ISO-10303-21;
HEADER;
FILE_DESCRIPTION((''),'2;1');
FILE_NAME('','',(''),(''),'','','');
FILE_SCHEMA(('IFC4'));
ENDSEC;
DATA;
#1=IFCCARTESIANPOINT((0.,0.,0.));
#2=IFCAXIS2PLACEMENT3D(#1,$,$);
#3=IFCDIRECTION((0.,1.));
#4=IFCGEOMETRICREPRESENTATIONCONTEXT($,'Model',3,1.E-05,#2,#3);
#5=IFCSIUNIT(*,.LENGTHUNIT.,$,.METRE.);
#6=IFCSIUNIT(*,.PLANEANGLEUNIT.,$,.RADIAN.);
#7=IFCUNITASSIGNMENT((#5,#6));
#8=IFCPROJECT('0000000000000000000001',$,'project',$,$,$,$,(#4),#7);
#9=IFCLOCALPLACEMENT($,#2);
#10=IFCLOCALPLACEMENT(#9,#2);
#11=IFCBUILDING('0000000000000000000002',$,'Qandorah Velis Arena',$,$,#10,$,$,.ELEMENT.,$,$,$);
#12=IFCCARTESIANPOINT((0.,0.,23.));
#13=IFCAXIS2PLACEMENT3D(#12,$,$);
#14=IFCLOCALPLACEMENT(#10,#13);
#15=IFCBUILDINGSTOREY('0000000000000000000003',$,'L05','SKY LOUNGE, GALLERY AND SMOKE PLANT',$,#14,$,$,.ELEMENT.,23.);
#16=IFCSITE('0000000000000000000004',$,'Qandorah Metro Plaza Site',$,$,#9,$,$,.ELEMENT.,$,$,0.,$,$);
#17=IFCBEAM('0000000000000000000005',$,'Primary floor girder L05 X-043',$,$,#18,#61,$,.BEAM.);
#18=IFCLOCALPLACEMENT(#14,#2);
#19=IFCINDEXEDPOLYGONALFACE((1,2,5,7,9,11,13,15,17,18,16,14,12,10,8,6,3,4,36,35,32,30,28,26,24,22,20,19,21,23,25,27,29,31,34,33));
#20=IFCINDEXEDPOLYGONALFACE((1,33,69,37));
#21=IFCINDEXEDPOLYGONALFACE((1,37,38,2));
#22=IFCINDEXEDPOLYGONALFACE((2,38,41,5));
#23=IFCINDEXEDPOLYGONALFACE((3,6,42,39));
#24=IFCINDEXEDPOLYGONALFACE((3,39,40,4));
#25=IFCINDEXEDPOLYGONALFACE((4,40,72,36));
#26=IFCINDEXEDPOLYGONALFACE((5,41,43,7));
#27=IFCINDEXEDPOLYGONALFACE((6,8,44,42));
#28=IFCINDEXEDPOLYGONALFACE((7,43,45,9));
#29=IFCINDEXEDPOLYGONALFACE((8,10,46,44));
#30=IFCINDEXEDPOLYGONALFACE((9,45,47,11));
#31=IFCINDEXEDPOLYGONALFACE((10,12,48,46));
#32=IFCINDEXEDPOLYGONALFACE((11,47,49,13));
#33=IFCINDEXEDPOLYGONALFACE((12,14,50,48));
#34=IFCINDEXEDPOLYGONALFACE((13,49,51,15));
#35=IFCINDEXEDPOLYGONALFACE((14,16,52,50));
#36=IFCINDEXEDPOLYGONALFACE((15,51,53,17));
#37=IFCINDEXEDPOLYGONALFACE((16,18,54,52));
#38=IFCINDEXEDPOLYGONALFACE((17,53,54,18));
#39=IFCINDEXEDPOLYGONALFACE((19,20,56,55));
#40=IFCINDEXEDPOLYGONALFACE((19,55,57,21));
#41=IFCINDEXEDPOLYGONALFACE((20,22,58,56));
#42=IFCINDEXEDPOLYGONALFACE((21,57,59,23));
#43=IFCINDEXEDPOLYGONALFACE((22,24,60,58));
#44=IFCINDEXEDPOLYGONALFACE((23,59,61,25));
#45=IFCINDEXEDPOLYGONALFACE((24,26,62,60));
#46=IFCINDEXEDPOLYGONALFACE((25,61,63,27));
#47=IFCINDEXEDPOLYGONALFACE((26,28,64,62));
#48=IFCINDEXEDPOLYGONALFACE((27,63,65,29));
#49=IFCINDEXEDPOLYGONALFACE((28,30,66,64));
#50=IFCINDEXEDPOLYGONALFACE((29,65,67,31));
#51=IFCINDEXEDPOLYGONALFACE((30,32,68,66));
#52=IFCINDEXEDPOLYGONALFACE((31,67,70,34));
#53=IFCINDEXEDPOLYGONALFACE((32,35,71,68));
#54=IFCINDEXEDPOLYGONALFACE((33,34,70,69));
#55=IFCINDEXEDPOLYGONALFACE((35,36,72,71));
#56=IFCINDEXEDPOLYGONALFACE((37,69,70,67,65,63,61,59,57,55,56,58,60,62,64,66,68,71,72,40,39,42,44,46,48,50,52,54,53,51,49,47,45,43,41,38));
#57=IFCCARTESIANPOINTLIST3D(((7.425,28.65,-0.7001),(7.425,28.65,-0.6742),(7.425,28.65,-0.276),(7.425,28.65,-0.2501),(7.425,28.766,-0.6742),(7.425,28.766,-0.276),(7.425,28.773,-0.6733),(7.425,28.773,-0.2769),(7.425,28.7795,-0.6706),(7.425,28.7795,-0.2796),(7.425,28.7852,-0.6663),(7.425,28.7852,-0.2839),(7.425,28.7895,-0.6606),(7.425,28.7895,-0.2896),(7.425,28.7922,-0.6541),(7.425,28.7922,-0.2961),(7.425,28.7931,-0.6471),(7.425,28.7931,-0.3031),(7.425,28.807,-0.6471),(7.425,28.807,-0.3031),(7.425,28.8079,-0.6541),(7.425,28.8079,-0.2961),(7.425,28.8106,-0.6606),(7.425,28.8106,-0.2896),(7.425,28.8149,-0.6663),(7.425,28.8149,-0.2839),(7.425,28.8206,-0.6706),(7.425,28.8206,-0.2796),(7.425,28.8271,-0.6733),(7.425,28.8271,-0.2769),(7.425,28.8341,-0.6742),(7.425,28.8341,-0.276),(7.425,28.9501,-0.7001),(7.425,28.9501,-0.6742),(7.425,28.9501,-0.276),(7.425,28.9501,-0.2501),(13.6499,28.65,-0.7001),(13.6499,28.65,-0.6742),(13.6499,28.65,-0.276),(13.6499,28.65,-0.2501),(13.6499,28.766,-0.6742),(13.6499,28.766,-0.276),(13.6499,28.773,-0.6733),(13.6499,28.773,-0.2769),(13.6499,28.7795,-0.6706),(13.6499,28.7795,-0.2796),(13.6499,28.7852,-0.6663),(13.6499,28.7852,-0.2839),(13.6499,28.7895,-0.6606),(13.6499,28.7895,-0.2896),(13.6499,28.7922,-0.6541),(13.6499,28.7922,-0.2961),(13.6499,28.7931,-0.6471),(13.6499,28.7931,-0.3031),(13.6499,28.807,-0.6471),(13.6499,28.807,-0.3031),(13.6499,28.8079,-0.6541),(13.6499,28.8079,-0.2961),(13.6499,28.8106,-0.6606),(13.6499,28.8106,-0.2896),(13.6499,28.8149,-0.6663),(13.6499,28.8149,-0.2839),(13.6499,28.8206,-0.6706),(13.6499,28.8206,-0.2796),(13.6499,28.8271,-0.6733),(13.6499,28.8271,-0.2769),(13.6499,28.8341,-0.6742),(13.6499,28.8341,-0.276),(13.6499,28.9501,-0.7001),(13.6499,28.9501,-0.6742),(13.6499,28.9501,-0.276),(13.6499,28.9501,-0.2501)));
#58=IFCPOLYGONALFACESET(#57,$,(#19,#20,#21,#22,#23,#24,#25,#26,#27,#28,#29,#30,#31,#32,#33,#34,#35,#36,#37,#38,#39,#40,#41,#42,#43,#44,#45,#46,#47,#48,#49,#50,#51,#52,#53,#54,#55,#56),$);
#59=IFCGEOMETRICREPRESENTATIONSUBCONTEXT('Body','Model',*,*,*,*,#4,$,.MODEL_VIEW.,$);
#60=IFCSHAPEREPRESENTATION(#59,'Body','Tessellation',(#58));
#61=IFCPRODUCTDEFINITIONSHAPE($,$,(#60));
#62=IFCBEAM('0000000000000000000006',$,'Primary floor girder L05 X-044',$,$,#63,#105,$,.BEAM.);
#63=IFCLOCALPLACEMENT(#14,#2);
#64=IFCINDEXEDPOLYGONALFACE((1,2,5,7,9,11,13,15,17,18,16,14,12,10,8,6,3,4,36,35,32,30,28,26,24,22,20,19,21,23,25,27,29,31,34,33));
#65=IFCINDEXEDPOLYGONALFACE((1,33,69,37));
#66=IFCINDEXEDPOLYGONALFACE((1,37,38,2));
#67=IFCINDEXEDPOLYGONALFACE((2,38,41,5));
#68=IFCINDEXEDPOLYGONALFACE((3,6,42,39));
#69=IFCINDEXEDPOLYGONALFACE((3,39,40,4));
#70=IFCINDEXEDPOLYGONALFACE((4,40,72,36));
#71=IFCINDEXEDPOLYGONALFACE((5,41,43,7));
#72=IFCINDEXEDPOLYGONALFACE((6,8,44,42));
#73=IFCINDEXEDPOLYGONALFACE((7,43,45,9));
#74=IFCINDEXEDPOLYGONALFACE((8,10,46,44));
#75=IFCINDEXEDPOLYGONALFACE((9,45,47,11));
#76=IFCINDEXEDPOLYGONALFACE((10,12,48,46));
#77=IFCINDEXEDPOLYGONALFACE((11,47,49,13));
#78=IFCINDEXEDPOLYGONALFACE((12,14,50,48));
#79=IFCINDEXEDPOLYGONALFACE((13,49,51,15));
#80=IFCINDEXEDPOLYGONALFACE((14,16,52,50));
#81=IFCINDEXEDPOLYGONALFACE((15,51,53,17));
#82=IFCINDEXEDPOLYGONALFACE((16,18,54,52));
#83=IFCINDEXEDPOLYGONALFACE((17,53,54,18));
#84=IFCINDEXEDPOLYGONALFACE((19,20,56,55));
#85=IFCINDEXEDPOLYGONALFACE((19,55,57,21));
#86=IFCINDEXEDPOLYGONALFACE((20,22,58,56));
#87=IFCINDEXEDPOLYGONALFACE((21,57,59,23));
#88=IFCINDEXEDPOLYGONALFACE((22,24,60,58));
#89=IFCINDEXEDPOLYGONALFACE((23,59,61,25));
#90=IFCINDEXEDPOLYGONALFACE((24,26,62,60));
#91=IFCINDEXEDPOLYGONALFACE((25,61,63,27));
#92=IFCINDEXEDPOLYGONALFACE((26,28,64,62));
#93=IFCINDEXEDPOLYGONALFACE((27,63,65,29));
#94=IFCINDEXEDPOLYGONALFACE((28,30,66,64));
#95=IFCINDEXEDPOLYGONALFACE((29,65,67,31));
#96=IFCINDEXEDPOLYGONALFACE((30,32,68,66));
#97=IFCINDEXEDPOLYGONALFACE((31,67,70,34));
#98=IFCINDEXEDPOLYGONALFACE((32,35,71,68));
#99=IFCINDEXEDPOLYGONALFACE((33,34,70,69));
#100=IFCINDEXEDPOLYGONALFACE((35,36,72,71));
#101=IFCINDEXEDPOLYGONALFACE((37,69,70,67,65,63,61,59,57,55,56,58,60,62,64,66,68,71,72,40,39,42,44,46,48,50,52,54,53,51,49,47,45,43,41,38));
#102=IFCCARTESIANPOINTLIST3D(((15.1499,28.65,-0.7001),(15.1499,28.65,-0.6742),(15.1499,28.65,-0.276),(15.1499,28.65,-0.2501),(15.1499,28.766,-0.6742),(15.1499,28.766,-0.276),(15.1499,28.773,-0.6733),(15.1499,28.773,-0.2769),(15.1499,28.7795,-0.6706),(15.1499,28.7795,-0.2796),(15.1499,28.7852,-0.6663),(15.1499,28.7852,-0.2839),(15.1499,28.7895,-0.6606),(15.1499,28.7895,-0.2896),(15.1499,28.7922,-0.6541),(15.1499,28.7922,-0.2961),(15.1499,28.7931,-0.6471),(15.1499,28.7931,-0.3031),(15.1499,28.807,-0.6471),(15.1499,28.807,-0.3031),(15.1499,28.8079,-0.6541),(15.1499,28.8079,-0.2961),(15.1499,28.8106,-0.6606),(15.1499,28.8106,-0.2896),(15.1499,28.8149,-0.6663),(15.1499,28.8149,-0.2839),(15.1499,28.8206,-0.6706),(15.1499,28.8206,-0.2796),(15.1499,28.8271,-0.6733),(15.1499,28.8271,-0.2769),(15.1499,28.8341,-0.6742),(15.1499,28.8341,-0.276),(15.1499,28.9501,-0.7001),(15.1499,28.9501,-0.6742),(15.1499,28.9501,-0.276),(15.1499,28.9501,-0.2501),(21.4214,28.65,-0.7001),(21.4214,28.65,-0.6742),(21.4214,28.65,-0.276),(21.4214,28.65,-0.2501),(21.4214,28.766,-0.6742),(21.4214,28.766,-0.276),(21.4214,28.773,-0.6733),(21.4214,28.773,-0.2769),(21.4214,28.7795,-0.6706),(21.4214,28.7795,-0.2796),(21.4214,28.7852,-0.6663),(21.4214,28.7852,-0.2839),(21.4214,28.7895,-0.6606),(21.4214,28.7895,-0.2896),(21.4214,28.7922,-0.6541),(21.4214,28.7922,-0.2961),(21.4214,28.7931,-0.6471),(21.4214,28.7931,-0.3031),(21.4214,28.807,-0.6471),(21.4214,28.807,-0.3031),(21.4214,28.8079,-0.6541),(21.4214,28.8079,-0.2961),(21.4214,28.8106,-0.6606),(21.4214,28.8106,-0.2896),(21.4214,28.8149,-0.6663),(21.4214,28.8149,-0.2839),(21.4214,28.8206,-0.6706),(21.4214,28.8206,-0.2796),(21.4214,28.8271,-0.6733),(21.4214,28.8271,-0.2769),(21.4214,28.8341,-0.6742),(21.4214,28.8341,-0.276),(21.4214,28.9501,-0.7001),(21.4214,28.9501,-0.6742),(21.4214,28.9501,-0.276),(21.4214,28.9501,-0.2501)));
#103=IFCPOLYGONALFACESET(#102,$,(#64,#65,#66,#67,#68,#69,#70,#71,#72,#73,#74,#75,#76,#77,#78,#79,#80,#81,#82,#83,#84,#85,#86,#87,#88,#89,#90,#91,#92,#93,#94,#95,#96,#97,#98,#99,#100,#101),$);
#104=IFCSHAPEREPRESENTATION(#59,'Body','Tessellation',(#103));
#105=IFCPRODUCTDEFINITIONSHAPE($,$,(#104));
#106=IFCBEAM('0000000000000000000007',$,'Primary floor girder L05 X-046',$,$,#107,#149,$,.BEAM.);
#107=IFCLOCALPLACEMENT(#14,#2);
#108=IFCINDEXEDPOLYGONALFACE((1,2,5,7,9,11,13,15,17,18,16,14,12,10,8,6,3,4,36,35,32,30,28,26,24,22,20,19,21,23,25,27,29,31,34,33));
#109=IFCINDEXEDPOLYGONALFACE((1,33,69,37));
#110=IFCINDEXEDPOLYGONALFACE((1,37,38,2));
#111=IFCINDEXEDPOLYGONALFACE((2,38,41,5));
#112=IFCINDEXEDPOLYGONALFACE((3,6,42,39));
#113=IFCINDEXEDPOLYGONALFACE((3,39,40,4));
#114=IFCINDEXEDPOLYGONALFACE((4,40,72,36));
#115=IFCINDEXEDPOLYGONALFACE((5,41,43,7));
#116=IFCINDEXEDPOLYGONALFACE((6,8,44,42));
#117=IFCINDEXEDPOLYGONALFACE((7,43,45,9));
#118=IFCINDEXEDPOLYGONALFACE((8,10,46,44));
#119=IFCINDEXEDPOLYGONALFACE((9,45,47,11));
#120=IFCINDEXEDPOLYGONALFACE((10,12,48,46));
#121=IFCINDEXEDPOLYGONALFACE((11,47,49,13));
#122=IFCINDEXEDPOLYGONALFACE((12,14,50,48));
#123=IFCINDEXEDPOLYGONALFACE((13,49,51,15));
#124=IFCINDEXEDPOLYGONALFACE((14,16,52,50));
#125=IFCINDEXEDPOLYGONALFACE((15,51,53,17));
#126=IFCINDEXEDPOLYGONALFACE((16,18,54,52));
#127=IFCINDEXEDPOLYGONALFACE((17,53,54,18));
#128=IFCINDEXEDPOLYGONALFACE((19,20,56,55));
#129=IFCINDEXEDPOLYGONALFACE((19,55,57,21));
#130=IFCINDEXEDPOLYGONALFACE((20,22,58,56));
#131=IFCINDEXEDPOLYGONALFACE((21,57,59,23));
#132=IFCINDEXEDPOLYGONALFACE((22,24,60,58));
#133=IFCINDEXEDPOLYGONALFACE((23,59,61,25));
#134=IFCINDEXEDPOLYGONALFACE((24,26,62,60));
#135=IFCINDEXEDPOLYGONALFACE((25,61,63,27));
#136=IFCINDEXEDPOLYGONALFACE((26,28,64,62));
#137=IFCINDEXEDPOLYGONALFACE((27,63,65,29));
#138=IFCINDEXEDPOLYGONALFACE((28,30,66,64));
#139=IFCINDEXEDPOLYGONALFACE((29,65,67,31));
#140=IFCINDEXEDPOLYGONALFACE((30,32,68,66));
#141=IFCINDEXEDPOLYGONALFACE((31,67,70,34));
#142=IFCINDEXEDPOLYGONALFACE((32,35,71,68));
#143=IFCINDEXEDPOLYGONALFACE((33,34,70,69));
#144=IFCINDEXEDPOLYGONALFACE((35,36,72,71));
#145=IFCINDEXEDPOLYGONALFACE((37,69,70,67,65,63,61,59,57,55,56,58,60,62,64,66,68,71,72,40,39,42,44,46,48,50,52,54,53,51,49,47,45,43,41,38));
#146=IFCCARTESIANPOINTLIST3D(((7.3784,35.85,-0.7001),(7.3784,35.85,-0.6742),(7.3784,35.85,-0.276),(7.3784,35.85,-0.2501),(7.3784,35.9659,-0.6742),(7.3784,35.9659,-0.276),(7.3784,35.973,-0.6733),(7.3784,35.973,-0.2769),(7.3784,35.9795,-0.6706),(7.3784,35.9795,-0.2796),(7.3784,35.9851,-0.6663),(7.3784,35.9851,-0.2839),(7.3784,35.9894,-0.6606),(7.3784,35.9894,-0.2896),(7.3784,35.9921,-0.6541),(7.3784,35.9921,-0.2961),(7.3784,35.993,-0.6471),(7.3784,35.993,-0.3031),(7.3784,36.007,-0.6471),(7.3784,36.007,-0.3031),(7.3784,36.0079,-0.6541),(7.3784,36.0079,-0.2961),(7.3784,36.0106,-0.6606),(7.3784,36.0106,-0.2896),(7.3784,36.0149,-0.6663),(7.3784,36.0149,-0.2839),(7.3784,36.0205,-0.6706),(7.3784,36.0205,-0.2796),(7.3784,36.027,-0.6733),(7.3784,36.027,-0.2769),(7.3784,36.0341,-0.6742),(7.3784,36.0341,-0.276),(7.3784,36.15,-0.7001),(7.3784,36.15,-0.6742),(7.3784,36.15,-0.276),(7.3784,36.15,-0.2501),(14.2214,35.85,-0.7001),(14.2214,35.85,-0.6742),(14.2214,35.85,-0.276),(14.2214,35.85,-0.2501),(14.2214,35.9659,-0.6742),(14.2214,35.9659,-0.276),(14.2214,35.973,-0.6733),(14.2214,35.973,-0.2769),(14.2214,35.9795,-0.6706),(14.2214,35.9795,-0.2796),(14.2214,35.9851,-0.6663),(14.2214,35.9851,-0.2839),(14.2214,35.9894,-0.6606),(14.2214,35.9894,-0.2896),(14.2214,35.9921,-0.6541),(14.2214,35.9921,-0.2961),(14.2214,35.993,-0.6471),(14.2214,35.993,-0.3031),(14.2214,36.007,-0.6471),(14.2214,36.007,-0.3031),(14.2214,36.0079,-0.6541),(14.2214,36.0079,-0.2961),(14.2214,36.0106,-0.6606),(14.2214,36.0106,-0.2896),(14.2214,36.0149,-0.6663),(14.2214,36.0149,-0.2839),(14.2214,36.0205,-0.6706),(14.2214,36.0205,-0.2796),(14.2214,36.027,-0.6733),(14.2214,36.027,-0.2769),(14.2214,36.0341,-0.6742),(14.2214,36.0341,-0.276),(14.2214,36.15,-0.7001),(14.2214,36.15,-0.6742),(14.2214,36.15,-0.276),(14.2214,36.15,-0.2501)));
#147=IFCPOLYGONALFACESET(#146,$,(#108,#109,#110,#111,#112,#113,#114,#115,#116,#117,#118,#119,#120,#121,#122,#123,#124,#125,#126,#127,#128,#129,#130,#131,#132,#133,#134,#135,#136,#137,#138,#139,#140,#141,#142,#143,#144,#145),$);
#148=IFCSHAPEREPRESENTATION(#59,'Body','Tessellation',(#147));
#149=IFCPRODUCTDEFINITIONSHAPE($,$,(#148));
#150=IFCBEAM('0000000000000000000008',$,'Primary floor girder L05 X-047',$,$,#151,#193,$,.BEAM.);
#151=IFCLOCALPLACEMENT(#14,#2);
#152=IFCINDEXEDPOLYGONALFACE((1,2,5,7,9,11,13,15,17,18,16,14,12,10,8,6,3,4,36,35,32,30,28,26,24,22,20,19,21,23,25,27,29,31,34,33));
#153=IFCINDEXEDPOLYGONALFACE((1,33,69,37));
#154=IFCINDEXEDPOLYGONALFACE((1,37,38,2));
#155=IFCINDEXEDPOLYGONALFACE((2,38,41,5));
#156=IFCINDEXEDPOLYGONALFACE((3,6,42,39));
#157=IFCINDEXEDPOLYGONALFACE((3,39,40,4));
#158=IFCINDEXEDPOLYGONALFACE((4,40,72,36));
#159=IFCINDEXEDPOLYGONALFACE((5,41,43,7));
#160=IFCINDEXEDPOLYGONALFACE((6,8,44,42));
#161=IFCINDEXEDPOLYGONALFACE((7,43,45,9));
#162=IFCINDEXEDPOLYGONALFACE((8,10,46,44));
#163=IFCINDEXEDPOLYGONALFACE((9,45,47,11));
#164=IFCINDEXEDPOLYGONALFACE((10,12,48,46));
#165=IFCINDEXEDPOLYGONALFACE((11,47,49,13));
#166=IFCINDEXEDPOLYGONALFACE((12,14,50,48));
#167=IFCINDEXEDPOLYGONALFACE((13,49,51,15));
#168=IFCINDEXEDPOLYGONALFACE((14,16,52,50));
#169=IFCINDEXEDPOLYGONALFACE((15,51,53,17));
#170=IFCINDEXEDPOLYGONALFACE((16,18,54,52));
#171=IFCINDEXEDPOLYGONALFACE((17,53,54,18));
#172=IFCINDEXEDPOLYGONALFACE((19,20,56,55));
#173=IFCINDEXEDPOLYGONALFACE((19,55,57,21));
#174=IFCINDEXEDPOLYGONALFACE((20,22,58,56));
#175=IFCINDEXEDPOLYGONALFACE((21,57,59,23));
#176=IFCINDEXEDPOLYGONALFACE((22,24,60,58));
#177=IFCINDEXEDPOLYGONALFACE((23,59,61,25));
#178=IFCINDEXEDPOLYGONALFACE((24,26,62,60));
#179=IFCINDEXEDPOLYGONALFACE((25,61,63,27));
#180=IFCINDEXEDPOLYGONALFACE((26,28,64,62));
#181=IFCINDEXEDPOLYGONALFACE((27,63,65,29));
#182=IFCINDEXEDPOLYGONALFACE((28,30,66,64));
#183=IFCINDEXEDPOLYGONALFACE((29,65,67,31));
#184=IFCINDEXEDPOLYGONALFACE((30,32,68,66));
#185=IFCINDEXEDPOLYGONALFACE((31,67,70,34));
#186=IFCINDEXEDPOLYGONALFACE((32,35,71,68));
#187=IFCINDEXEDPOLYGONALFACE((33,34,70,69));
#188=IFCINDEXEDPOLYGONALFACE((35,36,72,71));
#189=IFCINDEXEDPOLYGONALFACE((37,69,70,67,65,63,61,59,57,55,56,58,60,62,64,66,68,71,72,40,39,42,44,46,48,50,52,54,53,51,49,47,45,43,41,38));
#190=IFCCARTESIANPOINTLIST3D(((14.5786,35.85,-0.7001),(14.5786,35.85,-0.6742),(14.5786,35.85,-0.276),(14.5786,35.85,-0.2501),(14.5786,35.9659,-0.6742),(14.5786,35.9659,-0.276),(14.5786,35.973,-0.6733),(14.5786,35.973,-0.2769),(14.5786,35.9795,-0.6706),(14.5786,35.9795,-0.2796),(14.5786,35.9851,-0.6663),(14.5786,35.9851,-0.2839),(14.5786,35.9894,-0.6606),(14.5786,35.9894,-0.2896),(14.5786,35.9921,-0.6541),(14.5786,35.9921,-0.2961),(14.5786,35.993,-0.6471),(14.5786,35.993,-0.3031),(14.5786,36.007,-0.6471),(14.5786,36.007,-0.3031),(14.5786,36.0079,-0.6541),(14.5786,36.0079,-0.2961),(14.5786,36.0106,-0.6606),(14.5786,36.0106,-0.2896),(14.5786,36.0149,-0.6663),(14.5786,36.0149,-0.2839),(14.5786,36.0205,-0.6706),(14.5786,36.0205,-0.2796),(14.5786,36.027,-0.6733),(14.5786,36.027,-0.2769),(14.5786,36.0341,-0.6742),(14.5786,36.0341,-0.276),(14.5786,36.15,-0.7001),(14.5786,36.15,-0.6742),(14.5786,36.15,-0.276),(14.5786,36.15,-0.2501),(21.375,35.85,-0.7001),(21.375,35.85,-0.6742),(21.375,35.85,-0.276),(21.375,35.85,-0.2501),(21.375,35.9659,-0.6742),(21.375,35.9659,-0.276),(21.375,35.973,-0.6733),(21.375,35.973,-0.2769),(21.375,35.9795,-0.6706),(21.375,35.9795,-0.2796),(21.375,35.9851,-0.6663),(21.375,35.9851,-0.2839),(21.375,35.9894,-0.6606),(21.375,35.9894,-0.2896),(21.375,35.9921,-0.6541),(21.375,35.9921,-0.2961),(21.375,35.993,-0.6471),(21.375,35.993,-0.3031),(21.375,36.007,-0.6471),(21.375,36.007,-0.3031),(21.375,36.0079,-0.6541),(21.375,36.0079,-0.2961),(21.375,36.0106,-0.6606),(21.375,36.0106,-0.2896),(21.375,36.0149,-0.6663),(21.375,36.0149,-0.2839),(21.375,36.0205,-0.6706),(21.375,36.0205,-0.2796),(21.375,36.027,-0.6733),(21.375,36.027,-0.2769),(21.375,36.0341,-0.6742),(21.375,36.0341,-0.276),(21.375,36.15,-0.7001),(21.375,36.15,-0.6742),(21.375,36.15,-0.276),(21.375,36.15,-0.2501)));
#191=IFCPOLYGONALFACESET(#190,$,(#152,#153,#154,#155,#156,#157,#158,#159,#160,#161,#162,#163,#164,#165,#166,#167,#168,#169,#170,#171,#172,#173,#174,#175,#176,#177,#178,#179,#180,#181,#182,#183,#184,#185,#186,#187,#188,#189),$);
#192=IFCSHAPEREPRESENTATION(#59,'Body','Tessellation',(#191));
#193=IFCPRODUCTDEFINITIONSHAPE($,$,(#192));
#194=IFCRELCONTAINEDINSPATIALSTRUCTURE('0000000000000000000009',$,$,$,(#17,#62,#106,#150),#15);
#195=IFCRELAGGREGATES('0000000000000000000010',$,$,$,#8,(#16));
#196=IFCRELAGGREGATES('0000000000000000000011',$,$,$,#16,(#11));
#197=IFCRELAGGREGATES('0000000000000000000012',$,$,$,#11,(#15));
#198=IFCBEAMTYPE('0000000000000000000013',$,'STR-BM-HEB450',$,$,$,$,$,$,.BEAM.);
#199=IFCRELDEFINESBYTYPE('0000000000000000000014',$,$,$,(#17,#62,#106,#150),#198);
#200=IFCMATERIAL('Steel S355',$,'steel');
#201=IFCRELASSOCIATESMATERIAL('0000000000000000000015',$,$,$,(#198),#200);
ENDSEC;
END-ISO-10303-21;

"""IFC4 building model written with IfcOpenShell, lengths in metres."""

from ifc_helpers import new_model, si_unit, direction, frame, origin, origin_2d, place, context, subcontext, project, spatial, i_section, extrude, material, material_profile, profile_set, type_object, element, save


model = new_model("IFC4")

# Units and contexts
model_context = context("Model", 3, precision=1e-05, world=origin(), true_north=direction((0.0, 1.0)))
body_context = subcontext(model_context, "Body", "Model", "MODEL_VIEW")
ifc_project = project(units=[si_unit("LENGTHUNIT", "METRE"), si_unit("PLANEANGLEUNIT", "RADIAN")], contexts=[model_context])

# Site, building, storey
site_placement = place(None, origin())
site = spatial("IfcSite", under=ifc_project, at=site_placement, Name="Qandorah Metro Plaza Site", CompositionType="ELEMENT", RefElevation=0.0)
building_placement = place(site_placement, origin())
building = spatial("IfcBuilding", under=site, at=building_placement, Name="Qandorah Velis Arena", CompositionType="ELEMENT")
storey_placement = place(building_placement, frame((0.0, 0.0, 23.0)))
storey = spatial("IfcBuildingStorey", under=building, at=storey_placement, Name="L05", Description="SKY LOUNGE, GALLERY AND SMOKE PLANT", CompositionType="ELEMENT", Elevation=23.0)

# Beams
ifc_material_1 = material(Name="Steel S355", Category="steel")
ifc_material_profile_1 = material_profile(ifc_material_1, i_section(OverallWidth=0.3, OverallDepth=0.45, WebThickness=0.0139, FlangeThickness=0.0259, FilletRadius=0.0271, at=origin_2d()), Name="HEB 450")
ifc_profile_set_1 = profile_set([ifc_material_profile_1], Name="Steel S355")
beam_type_1 = type_object("IfcBeamType", Name="STR-BM-HEB450", PredefinedType="BEAM", material=ifc_profile_set_1)
beam_1_placement = place(storey_placement, frame((7.425, 28.8, -0.4751), z_axis=(1.0, 0.0, 0.0), x_axis=(0.0, 1.0, 0.0)))
element("IfcBeam", 1, at=beam_1_placement, inside=storey, type_object=beam_type_1, Name="Primary floor girder L05 X-043", PredefinedType="BEAM", context=body_context, shape_type="SweptSolid", body=[
    extrude(i_section(OverallWidth=0.3, OverallDepth=0.45, WebThickness=0.0139, FlangeThickness=0.0259, FilletRadius=0.0271, at=origin_2d()), origin(), (0.0, 0.0, 1.0), 6.2249),
])
beam_2_placement = place(storey_placement, frame((15.1499, 28.8, -0.4751), z_axis=(1.0, 0.0, 0.0), x_axis=(0.0, 1.0, 0.0)))
element("IfcBeam", 2, at=beam_2_placement, inside=storey, type_object=beam_type_1, Name="Primary floor girder L05 X-044", PredefinedType="BEAM", context=body_context, shape_type="SweptSolid", body=[
    extrude(i_section(OverallWidth=0.3, OverallDepth=0.45, WebThickness=0.0139, FlangeThickness=0.0259, FilletRadius=0.0271, at=origin_2d()), origin(), (0.0, 0.0, 1.0), 6.2715),
])
beam_3_placement = place(storey_placement, frame((7.3784, 36.0, -0.4751), z_axis=(1.0, 0.0, 0.0), x_axis=(0.0, 1.0, 0.0)))
element("IfcBeam", 3, at=beam_3_placement, inside=storey, type_object=beam_type_1, Name="Primary floor girder L05 X-046", PredefinedType="BEAM", context=body_context, shape_type="SweptSolid", body=[
    extrude(i_section(OverallWidth=0.3, OverallDepth=0.45, WebThickness=0.0139, FlangeThickness=0.0259, FilletRadius=0.0271, at=origin_2d()), origin(), (0.0, 0.0, 1.0), 6.843),
])
beam_4_placement = place(storey_placement, frame((14.5786, 36.0, -0.4751), z_axis=(1.0, 0.0, 0.0), x_axis=(0.0, 1.0, 0.0)))
element("IfcBeam", 4, at=beam_4_placement, inside=storey, type_object=beam_type_1, Name="Primary floor girder L05 X-047", PredefinedType="BEAM", context=body_context, shape_type="SweptSolid", body=[
    extrude(i_section(OverallWidth=0.3, OverallDepth=0.45, WebThickness=0.0139, FlangeThickness=0.0259, FilletRadius=0.0271, at=origin_2d()), origin(), (0.0, 0.0, 1.0), 6.7964),
])

save(model, "model.ifc")
